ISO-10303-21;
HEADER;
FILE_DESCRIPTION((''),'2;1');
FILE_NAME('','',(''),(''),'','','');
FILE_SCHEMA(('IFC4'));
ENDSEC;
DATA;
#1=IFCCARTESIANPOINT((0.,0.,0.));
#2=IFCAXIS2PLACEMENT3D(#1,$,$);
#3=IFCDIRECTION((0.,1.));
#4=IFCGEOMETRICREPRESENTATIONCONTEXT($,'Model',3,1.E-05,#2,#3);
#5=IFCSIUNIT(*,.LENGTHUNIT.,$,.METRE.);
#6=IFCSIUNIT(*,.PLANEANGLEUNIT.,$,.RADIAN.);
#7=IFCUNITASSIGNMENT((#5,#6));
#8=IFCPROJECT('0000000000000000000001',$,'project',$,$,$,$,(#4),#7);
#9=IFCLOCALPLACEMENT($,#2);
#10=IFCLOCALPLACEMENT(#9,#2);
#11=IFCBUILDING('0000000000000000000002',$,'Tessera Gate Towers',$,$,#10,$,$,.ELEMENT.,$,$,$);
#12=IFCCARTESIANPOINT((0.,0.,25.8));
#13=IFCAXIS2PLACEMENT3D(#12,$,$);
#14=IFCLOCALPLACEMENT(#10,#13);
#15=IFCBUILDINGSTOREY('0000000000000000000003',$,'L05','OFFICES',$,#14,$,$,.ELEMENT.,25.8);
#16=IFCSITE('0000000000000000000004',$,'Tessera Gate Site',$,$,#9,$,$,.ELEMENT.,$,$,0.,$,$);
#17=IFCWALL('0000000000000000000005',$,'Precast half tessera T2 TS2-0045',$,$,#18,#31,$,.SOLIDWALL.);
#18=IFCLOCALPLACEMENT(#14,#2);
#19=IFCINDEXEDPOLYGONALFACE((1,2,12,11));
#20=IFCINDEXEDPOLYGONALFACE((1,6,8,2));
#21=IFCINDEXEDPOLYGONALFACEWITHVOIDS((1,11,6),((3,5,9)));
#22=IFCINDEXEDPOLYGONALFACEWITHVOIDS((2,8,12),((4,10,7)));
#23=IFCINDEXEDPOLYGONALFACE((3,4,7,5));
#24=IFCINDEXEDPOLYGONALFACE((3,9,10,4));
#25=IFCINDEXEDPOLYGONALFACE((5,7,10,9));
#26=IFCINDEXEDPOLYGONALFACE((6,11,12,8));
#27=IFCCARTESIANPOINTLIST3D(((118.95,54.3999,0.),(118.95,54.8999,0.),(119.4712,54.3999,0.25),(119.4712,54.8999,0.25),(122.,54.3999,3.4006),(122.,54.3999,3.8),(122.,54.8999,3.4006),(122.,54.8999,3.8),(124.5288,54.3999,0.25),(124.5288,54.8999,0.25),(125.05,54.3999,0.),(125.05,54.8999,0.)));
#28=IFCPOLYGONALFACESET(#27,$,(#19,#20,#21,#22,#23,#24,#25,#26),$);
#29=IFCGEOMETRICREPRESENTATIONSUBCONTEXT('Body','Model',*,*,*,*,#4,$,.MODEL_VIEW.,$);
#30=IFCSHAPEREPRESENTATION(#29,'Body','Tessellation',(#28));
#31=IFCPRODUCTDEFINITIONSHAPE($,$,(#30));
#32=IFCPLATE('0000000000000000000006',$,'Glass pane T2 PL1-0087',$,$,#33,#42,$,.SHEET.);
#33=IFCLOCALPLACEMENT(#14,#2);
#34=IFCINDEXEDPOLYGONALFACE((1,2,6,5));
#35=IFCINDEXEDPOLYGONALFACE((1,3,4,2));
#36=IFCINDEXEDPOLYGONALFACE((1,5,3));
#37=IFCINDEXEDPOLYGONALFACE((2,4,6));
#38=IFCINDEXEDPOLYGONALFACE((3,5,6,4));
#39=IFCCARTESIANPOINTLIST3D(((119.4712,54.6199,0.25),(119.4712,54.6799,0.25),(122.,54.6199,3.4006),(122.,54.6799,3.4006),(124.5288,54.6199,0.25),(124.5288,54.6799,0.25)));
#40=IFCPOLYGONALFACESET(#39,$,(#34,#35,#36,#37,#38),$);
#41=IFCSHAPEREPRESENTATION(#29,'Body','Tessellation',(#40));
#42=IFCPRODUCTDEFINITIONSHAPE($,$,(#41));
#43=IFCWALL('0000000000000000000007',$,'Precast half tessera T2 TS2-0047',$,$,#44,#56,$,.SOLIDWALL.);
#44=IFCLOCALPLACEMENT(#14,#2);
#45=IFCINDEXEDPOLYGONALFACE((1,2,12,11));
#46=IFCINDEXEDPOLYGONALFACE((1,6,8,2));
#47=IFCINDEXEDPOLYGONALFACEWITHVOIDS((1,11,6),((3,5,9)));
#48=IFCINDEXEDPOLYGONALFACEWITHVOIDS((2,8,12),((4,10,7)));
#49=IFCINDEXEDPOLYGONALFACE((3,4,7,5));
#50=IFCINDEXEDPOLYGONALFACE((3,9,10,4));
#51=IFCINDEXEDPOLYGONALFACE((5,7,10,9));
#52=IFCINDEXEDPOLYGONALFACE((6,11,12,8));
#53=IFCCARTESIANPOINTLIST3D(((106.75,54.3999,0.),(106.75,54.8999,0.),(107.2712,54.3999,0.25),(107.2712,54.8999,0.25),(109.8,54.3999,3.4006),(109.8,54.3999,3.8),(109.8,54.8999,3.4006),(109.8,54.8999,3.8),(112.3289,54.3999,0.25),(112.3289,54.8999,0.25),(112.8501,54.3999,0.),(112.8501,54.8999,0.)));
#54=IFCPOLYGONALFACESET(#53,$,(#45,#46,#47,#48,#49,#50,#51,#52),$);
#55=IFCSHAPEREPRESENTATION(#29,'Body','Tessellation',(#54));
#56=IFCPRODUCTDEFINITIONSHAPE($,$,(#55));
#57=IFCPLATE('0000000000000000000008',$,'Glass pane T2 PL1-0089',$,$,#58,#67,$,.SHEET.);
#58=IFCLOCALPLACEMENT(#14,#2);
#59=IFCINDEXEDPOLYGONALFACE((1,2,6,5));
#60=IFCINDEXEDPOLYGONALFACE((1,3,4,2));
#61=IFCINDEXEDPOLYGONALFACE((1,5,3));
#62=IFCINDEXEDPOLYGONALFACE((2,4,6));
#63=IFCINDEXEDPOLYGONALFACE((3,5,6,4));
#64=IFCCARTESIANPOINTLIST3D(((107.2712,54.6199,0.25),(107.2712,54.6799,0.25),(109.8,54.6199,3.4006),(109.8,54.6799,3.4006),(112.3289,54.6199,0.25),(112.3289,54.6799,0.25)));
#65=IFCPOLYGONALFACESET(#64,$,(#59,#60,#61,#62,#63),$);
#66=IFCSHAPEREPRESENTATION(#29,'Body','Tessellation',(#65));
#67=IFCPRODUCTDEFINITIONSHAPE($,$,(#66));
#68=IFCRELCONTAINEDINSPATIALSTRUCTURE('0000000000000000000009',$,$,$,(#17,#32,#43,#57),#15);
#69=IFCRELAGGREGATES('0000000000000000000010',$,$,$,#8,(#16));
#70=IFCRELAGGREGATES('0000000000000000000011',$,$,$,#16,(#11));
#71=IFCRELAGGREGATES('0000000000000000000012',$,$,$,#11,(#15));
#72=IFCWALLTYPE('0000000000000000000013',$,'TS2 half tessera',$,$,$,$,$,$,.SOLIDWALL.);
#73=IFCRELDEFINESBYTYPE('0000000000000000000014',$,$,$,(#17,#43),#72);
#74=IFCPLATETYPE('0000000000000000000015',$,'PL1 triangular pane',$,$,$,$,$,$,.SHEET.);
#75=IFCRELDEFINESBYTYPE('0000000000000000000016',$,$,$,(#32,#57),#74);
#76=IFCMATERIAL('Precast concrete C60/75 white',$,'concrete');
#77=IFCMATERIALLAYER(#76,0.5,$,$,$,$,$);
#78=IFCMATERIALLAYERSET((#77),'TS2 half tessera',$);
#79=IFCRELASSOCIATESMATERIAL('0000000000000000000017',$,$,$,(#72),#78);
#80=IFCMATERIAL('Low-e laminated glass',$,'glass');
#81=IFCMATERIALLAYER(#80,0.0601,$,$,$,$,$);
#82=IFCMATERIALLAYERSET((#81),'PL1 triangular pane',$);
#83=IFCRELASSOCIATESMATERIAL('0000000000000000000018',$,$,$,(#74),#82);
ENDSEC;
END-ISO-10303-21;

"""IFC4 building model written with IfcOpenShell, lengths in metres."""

from ifc_helpers import new_model, si_unit, direction, frame, origin, place, context, subcontext, project, spatial, polyline, outline, extrude, source, transform, mapped, material, layer, layer_set, type_object, element, fill, save


model = new_model("IFC4")

# Units and contexts
model_context = context("Model", 3, precision=1e-05, world=origin(), true_north=direction((0.0, 1.0)))
body_context = subcontext(model_context, "Body", "Model", "MODEL_VIEW")
ifc_project = project(units=[si_unit("LENGTHUNIT", "METRE"), si_unit("PLANEANGLEUNIT", "RADIAN")], contexts=[model_context])

# Site, building, storey
site_placement = place(None, origin())
site = spatial("IfcSite", under=ifc_project, at=site_placement, Name="Tessera Gate Site", CompositionType="ELEMENT", RefElevation=0.0)
building_placement = place(site_placement, origin())
building = spatial("IfcBuilding", under=site, at=building_placement, Name="Tessera Gate Towers", CompositionType="ELEMENT")
storey_placement = place(building_placement, frame((0.0, 0.0, 25.8)))
storey = spatial("IfcBuildingStorey", under=building, at=storey_placement, Name="L05", Description="OFFICES", CompositionType="ELEMENT", Elevation=25.8)

# Walls, openings, plates
ifc_material_1 = material(Name="Precast concrete C60/75 white", Category="concrete")
ifc_layer_1 = layer(ifc_material_1, 0.5)
ifc_layer_set_1 = layer_set([ifc_layer_1], Name="TS2 half tessera")
wall_type_1 = type_object("IfcWallType", Name="TS2 half tessera", PredefinedType="SOLIDWALL", material=ifc_layer_set_1)
shared_shape_1 = source(origin(), body_context, "Body", "SweptSolid", [
    extrude(outline(polyline([(6.1001, 0.0), (3.05, 3.8), (0.0, 0.0), (6.1001, 0.0)])), frame((0.0, 0.25, 0.0), z_axis=(0.0, -1.0, 0.0), x_axis=(1.0, 0.0, 0.0)), (0.0, 0.0, 1.0), 0.5),
])
wall_1_placement = place(storey_placement, frame((125.05, 54.6499, 0.0), z_axis=(0.0, 0.0, 1.0), x_axis=(-1.0, 0.0, 0.0)))
wall_1 = element("IfcWall", 1, at=wall_1_placement, inside=storey, type_object=wall_type_1, Name="Precast half tessera T2 TS2-0045", PredefinedType="SOLIDWALL", context=body_context, shape_type="MappedRepresentation", body=[
    mapped(shared_shape_1, transform((0.0, 0.0, 0.0), scale=1.0)),
])
shared_shape_2 = source(origin(), body_context, "Body", "SweptSolid", [
    extrude(outline(polyline([(5.5789, 0.25), (3.05, 3.4006), (0.5212, 0.25), (5.5789, 0.25)])), frame((0.0, 0.26, 0.0), z_axis=(0.0, -1.0, 0.0), x_axis=(1.0, 0.0, 0.0)), (0.0, 0.0, 1.0), 0.52),
])
opening_1_placement = place(wall_1_placement, origin())
opening_1 = element("IfcOpeningElement", 2, at=opening_1_placement, cuts=wall_1, PredefinedType="OPENING", context=body_context, shape_type="MappedRepresentation", body=[
    mapped(shared_shape_2, transform((0.0, 0.0, 0.0), scale=1.0)),
])
ifc_material_2 = material(Name="Low-e laminated glass", Category="glass")
ifc_layer_2 = layer(ifc_material_2, 0.0601)
ifc_layer_set_2 = layer_set([ifc_layer_2], Name="PL1 triangular pane")
plate_type = type_object("IfcPlateType", Name="PL1 triangular pane", PredefinedType="SHEET", material=ifc_layer_set_2)
shared_shape_3 = source(origin(), body_context, "Body", "SweptSolid", [
    extrude(outline(polyline([(5.5789, 0.25), (3.05, 3.4006), (0.5212, 0.25), (5.5789, 0.25)])), frame((0.0, 0.03, 0.0), z_axis=(0.0, -1.0, 0.0), x_axis=(1.0, 0.0, 0.0)), (0.0, 0.0, 1.0), 0.0601),
])
plate_1_placement = place(opening_1_placement, origin())
plate_1 = element("IfcPlate", 3, at=plate_1_placement, inside=storey, type_object=plate_type, Name="Glass pane T2 PL1-0087", PredefinedType="SHEET", context=body_context, shape_type="MappedRepresentation", body=[
    mapped(shared_shape_3, transform((0.0, 0.0, 0.0), scale=1.0)),
])
fill(opening_1, plate_1)
wall_2_placement = place(storey_placement, frame((112.8501, 54.6499, 0.0), z_axis=(0.0, 0.0, 1.0), x_axis=(-1.0, 0.0, 0.0)))
wall_2 = element("IfcWall", 4, at=wall_2_placement, inside=storey, type_object=wall_type_1, Name="Precast half tessera T2 TS2-0047", PredefinedType="SOLIDWALL", context=body_context, shape_type="MappedRepresentation", body=[
    mapped(shared_shape_1, transform((0.0, 0.0, 0.0), scale=1.0)),
])
opening_2_placement = place(wall_2_placement, origin())
opening_2 = element("IfcOpeningElement", 5, at=opening_2_placement, cuts=wall_2, PredefinedType="OPENING", context=body_context, shape_type="MappedRepresentation", body=[
    mapped(shared_shape_2, transform((0.0, 0.0, 0.0), scale=1.0)),
])
plate_2_placement = place(opening_2_placement, origin())
plate_2 = element("IfcPlate", 6, at=plate_2_placement, inside=storey, type_object=plate_type, Name="Glass pane T2 PL1-0089", PredefinedType="SHEET", context=body_context, shape_type="MappedRepresentation", body=[
    mapped(shared_shape_3, transform((0.0, 0.0, 0.0), scale=1.0)),
])
fill(opening_2, plate_2)

save(model, "model.ifc")
